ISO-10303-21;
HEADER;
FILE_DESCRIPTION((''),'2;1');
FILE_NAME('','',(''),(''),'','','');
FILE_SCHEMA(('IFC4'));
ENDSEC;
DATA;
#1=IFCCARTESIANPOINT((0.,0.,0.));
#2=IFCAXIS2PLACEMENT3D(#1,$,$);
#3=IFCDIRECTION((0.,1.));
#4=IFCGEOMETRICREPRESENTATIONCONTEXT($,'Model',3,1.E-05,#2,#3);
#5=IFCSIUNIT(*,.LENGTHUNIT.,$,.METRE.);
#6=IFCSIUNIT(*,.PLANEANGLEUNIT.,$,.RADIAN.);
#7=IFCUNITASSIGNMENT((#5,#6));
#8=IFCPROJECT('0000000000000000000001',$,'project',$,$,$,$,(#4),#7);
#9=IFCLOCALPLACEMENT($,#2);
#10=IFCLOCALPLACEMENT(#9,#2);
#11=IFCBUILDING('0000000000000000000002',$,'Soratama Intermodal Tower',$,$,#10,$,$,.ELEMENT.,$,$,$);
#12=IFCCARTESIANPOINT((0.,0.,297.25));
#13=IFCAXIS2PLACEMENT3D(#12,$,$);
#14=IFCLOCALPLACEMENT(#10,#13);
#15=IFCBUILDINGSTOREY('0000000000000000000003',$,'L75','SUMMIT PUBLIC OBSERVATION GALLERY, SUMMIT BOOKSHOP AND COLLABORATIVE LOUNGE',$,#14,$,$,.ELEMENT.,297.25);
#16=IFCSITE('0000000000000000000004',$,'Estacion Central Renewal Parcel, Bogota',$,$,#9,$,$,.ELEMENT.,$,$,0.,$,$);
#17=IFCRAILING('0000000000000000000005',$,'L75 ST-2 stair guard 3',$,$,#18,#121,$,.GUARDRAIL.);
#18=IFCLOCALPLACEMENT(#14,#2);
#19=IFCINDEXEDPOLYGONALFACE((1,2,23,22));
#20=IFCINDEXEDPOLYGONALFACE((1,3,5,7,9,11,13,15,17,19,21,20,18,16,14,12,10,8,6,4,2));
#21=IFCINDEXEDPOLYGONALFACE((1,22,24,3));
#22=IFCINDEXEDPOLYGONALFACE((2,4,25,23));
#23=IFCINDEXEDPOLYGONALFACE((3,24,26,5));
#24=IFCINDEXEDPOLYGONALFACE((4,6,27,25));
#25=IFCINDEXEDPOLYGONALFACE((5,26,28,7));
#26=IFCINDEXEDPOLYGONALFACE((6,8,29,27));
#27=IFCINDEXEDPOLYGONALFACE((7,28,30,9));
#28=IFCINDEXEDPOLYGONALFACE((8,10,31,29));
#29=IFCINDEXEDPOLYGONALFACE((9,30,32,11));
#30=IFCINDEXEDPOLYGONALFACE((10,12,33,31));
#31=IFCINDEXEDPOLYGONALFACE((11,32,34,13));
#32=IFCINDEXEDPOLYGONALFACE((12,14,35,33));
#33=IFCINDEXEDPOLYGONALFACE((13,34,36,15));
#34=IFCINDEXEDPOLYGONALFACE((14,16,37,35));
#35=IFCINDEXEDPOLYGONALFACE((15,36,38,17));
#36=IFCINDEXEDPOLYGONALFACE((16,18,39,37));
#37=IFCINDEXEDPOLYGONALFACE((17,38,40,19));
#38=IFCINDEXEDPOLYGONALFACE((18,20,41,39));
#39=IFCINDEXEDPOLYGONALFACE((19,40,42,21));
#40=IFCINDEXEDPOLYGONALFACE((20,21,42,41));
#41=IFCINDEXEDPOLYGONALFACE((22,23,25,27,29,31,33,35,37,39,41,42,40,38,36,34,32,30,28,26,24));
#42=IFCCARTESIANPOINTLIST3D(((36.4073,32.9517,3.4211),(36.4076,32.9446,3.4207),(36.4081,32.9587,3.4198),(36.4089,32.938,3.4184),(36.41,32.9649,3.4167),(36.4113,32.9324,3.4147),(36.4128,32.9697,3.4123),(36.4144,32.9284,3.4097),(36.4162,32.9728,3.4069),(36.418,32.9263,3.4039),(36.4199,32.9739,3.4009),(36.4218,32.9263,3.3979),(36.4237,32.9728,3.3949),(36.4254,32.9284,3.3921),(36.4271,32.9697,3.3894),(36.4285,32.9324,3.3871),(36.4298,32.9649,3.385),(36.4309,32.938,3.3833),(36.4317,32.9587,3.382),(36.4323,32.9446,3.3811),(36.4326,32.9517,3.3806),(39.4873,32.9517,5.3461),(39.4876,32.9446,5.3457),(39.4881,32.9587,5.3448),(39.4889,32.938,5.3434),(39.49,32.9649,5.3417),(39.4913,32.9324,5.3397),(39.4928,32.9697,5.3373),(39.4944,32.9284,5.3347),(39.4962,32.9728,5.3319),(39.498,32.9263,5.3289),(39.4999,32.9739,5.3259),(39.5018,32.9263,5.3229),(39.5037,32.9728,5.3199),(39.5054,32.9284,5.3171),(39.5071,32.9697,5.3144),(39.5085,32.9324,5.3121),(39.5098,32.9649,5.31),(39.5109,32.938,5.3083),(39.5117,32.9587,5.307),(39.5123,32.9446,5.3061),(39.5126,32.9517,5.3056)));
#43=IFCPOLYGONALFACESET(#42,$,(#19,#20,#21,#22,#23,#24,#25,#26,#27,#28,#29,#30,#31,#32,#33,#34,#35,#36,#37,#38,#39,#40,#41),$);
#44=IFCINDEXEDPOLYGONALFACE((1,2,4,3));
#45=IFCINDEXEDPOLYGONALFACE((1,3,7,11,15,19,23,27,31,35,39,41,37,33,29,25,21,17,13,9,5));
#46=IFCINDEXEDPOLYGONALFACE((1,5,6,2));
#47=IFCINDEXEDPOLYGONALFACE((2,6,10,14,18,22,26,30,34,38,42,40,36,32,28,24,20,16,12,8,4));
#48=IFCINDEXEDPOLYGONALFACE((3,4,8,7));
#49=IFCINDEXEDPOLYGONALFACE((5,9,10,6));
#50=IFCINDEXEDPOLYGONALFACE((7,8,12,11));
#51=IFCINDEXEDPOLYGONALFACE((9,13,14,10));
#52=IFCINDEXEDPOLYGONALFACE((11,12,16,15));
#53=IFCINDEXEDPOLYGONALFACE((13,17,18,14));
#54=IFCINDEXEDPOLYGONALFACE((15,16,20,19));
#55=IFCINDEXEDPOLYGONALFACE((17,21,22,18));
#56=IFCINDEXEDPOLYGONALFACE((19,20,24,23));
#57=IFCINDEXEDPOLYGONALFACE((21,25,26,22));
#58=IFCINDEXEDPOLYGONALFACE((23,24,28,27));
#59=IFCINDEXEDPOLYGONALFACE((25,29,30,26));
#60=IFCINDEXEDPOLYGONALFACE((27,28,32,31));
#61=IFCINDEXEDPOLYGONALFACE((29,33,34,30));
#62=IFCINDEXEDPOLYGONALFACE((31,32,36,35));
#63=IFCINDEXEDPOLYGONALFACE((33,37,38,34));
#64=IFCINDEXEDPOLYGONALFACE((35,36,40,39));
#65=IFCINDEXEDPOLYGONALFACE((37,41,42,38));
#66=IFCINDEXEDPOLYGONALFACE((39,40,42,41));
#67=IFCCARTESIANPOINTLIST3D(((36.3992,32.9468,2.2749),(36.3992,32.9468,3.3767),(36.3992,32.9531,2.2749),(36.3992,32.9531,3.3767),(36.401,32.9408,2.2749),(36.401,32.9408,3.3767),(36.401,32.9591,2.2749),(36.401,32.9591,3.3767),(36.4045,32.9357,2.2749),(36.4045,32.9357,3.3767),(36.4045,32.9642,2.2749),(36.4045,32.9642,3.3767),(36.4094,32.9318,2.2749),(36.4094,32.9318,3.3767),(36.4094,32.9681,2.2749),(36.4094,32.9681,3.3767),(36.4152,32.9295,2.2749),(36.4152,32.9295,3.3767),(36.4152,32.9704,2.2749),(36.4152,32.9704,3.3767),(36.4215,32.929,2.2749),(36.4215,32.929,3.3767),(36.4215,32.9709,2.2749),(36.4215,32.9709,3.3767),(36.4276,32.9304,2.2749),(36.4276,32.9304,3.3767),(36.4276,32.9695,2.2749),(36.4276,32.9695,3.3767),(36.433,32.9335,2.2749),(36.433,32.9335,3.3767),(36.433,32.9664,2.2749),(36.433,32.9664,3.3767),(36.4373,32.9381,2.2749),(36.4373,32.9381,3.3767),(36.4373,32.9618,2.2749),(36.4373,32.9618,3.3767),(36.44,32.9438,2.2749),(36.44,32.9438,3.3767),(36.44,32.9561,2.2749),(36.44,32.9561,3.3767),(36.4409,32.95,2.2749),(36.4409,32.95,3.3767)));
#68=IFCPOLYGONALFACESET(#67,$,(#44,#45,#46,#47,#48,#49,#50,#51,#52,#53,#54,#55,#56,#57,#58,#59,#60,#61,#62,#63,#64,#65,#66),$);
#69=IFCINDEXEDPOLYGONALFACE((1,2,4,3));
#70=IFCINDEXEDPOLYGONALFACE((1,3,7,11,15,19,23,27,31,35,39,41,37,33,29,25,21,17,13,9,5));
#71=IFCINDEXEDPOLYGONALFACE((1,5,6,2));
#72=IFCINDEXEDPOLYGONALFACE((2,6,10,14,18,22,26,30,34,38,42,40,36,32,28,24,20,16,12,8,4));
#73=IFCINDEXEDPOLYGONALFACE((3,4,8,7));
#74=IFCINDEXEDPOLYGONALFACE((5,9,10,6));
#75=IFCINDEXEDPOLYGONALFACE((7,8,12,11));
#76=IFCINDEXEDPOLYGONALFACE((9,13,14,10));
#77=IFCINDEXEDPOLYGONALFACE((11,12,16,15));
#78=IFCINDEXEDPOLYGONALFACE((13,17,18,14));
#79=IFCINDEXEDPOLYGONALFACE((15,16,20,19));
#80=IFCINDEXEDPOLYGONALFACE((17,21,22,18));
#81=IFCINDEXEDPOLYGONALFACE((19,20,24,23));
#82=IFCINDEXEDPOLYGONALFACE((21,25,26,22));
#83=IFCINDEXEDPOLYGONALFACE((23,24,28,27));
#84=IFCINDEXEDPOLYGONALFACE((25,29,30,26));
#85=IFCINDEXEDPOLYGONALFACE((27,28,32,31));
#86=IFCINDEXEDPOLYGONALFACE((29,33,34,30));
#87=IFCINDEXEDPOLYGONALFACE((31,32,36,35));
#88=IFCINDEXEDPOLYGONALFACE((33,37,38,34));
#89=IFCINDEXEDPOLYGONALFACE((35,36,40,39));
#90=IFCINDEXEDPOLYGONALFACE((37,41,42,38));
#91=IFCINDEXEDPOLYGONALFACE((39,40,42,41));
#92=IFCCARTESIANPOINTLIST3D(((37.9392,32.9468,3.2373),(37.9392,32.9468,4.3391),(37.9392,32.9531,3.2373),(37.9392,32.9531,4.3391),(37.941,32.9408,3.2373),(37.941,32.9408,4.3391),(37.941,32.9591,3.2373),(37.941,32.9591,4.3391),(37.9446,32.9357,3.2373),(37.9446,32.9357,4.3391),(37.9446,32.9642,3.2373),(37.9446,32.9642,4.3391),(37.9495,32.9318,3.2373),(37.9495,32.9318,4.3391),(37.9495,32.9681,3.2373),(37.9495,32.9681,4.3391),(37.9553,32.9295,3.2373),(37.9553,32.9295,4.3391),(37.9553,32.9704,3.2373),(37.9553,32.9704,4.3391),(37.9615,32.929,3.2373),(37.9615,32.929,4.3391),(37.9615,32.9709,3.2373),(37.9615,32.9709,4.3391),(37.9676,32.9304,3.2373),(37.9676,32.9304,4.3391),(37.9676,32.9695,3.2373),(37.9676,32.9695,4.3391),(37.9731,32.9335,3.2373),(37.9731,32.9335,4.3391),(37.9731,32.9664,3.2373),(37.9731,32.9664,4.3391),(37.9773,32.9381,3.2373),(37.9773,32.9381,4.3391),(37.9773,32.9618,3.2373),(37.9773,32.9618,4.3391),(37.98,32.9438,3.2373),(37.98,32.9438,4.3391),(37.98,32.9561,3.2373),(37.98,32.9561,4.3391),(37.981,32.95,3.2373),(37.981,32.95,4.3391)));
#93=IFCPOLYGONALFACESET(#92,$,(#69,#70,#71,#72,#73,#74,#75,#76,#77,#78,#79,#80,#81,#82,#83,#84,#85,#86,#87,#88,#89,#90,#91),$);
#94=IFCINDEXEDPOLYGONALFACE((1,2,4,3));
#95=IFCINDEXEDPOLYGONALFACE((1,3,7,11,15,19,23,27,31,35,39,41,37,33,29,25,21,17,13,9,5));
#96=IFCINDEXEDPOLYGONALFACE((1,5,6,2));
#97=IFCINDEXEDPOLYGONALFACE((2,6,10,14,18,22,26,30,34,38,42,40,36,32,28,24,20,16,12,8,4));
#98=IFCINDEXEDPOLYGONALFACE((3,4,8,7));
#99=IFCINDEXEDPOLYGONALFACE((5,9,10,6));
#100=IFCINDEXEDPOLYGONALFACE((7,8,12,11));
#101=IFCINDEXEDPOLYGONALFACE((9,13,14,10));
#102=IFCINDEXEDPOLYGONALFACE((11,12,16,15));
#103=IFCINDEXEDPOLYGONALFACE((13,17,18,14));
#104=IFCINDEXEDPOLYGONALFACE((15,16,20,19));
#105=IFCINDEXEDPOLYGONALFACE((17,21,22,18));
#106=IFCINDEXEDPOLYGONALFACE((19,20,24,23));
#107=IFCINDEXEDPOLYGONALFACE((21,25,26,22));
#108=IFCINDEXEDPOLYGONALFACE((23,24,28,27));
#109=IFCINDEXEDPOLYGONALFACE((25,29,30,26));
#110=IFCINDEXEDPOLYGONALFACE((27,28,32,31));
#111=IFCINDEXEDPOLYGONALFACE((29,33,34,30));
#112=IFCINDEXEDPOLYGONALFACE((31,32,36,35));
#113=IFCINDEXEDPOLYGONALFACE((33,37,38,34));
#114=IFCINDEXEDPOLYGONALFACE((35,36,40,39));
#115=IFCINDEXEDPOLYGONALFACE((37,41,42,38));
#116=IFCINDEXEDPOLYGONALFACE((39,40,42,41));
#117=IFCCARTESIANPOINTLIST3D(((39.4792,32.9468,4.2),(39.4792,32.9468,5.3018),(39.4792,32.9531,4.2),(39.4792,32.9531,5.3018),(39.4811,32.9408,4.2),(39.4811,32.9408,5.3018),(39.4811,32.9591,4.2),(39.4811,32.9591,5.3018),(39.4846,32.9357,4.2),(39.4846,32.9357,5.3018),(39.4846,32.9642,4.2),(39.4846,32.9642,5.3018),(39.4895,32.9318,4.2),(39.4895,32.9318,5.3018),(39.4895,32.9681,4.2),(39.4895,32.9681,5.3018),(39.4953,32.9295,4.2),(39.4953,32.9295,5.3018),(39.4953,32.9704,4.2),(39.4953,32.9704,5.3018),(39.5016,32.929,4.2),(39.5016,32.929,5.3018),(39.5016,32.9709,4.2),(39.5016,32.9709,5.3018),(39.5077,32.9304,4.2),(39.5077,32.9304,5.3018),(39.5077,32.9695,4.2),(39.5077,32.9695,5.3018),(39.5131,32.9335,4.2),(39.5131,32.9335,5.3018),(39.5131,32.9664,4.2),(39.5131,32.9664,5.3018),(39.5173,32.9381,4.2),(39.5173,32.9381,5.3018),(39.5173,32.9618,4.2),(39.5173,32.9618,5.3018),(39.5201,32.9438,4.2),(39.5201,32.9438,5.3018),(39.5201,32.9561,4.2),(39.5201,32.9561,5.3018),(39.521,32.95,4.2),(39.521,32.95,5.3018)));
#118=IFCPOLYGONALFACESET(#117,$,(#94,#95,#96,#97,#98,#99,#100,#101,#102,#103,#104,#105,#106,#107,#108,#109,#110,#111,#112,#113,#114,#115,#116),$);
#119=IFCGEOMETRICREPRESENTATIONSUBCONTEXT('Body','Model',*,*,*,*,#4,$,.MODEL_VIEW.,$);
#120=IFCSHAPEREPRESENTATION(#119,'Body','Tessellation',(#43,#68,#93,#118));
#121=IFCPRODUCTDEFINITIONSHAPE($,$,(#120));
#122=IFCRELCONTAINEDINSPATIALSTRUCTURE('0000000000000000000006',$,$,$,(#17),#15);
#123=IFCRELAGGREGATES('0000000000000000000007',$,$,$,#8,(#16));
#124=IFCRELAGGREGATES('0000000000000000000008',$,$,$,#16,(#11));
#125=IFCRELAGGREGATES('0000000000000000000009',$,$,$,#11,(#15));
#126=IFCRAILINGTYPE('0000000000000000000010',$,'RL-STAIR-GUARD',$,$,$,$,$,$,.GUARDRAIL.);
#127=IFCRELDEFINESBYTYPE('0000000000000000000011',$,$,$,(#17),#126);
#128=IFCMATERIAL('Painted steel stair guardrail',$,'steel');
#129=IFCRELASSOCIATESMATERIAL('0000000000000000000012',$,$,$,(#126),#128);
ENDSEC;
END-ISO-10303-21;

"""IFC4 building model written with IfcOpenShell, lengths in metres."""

from ifc_helpers import new_model, si_unit, direction, frame, origin, origin_2d, place, context, subcontext, project, spatial, circle, extrude, material, type_object, element, save


model = new_model("IFC4")

# Units and contexts
model_context = context("Model", 3, precision=1e-05, world=origin(), true_north=direction((0.0, 1.0)))
body_context = subcontext(model_context, "Body", "Model", "MODEL_VIEW")
ifc_project = project(units=[si_unit("LENGTHUNIT", "METRE"), si_unit("PLANEANGLEUNIT", "RADIAN")], contexts=[model_context])

# Site, building, storey
site_placement = place(None, origin())
site = spatial("IfcSite", under=ifc_project, at=site_placement, Name="Estacion Central Renewal Parcel, Bogota", CompositionType="ELEMENT", RefElevation=0.0)
building_placement = place(site_placement, origin())
building = spatial("IfcBuilding", under=site, at=building_placement, Name="Soratama Intermodal Tower", CompositionType="ELEMENT")
storey_placement = place(building_placement, frame((0.0, 0.0, 297.25)))
storey = spatial("IfcBuildingStorey", under=building, at=storey_placement, Name="L75", Description="SUMMIT PUBLIC OBSERVATION GALLERY, SUMMIT BOOKSHOP AND COLLABORATIVE LOUNGE", CompositionType="ELEMENT", Elevation=297.25)

# Railing
ifc_material_1 = material(Name="Painted steel stair guardrail", Category="steel")
railing_type_1 = type_object("IfcRailingType", Name="RL-STAIR-GUARD", PredefinedType="GUARDRAIL", material=ifc_material_1)
railing_1_placement = place(storey_placement, frame((36.4199, 32.95, 2.2749)))
element("IfcRailing", 1, at=railing_1_placement, inside=storey, type_object=railing_type_1, Name="L75 ST-2 stair guard 3", PredefinedType="GUARDRAIL", context=body_context, shape_type="SweptSolid", body=[
    extrude(circle(Radius=0.0239, at=origin_2d()), frame((0.0, 0.0, 1.126), z_axis=(0.847998, 0.0, 0.529999), x_axis=(0.0, 1.0, 0.0)), (0.0, 0.0, 1.0), 3.6321),
    extrude(circle(Radius=0.021, at=origin_2d()), origin(), (0.0, 0.0, 1.0), 1.1018),
    extrude(circle(Radius=0.021, at=origin_2d()), frame((1.54, 0.0, 0.9624)), (0.0, 0.0, 1.0), 1.1018),
    extrude(circle(Radius=0.021, at=origin_2d()), frame((3.0801, 0.0, 1.925)), (0.0, 0.0, 1.0), 1.1018),
])

save(model, "model.ifc")
